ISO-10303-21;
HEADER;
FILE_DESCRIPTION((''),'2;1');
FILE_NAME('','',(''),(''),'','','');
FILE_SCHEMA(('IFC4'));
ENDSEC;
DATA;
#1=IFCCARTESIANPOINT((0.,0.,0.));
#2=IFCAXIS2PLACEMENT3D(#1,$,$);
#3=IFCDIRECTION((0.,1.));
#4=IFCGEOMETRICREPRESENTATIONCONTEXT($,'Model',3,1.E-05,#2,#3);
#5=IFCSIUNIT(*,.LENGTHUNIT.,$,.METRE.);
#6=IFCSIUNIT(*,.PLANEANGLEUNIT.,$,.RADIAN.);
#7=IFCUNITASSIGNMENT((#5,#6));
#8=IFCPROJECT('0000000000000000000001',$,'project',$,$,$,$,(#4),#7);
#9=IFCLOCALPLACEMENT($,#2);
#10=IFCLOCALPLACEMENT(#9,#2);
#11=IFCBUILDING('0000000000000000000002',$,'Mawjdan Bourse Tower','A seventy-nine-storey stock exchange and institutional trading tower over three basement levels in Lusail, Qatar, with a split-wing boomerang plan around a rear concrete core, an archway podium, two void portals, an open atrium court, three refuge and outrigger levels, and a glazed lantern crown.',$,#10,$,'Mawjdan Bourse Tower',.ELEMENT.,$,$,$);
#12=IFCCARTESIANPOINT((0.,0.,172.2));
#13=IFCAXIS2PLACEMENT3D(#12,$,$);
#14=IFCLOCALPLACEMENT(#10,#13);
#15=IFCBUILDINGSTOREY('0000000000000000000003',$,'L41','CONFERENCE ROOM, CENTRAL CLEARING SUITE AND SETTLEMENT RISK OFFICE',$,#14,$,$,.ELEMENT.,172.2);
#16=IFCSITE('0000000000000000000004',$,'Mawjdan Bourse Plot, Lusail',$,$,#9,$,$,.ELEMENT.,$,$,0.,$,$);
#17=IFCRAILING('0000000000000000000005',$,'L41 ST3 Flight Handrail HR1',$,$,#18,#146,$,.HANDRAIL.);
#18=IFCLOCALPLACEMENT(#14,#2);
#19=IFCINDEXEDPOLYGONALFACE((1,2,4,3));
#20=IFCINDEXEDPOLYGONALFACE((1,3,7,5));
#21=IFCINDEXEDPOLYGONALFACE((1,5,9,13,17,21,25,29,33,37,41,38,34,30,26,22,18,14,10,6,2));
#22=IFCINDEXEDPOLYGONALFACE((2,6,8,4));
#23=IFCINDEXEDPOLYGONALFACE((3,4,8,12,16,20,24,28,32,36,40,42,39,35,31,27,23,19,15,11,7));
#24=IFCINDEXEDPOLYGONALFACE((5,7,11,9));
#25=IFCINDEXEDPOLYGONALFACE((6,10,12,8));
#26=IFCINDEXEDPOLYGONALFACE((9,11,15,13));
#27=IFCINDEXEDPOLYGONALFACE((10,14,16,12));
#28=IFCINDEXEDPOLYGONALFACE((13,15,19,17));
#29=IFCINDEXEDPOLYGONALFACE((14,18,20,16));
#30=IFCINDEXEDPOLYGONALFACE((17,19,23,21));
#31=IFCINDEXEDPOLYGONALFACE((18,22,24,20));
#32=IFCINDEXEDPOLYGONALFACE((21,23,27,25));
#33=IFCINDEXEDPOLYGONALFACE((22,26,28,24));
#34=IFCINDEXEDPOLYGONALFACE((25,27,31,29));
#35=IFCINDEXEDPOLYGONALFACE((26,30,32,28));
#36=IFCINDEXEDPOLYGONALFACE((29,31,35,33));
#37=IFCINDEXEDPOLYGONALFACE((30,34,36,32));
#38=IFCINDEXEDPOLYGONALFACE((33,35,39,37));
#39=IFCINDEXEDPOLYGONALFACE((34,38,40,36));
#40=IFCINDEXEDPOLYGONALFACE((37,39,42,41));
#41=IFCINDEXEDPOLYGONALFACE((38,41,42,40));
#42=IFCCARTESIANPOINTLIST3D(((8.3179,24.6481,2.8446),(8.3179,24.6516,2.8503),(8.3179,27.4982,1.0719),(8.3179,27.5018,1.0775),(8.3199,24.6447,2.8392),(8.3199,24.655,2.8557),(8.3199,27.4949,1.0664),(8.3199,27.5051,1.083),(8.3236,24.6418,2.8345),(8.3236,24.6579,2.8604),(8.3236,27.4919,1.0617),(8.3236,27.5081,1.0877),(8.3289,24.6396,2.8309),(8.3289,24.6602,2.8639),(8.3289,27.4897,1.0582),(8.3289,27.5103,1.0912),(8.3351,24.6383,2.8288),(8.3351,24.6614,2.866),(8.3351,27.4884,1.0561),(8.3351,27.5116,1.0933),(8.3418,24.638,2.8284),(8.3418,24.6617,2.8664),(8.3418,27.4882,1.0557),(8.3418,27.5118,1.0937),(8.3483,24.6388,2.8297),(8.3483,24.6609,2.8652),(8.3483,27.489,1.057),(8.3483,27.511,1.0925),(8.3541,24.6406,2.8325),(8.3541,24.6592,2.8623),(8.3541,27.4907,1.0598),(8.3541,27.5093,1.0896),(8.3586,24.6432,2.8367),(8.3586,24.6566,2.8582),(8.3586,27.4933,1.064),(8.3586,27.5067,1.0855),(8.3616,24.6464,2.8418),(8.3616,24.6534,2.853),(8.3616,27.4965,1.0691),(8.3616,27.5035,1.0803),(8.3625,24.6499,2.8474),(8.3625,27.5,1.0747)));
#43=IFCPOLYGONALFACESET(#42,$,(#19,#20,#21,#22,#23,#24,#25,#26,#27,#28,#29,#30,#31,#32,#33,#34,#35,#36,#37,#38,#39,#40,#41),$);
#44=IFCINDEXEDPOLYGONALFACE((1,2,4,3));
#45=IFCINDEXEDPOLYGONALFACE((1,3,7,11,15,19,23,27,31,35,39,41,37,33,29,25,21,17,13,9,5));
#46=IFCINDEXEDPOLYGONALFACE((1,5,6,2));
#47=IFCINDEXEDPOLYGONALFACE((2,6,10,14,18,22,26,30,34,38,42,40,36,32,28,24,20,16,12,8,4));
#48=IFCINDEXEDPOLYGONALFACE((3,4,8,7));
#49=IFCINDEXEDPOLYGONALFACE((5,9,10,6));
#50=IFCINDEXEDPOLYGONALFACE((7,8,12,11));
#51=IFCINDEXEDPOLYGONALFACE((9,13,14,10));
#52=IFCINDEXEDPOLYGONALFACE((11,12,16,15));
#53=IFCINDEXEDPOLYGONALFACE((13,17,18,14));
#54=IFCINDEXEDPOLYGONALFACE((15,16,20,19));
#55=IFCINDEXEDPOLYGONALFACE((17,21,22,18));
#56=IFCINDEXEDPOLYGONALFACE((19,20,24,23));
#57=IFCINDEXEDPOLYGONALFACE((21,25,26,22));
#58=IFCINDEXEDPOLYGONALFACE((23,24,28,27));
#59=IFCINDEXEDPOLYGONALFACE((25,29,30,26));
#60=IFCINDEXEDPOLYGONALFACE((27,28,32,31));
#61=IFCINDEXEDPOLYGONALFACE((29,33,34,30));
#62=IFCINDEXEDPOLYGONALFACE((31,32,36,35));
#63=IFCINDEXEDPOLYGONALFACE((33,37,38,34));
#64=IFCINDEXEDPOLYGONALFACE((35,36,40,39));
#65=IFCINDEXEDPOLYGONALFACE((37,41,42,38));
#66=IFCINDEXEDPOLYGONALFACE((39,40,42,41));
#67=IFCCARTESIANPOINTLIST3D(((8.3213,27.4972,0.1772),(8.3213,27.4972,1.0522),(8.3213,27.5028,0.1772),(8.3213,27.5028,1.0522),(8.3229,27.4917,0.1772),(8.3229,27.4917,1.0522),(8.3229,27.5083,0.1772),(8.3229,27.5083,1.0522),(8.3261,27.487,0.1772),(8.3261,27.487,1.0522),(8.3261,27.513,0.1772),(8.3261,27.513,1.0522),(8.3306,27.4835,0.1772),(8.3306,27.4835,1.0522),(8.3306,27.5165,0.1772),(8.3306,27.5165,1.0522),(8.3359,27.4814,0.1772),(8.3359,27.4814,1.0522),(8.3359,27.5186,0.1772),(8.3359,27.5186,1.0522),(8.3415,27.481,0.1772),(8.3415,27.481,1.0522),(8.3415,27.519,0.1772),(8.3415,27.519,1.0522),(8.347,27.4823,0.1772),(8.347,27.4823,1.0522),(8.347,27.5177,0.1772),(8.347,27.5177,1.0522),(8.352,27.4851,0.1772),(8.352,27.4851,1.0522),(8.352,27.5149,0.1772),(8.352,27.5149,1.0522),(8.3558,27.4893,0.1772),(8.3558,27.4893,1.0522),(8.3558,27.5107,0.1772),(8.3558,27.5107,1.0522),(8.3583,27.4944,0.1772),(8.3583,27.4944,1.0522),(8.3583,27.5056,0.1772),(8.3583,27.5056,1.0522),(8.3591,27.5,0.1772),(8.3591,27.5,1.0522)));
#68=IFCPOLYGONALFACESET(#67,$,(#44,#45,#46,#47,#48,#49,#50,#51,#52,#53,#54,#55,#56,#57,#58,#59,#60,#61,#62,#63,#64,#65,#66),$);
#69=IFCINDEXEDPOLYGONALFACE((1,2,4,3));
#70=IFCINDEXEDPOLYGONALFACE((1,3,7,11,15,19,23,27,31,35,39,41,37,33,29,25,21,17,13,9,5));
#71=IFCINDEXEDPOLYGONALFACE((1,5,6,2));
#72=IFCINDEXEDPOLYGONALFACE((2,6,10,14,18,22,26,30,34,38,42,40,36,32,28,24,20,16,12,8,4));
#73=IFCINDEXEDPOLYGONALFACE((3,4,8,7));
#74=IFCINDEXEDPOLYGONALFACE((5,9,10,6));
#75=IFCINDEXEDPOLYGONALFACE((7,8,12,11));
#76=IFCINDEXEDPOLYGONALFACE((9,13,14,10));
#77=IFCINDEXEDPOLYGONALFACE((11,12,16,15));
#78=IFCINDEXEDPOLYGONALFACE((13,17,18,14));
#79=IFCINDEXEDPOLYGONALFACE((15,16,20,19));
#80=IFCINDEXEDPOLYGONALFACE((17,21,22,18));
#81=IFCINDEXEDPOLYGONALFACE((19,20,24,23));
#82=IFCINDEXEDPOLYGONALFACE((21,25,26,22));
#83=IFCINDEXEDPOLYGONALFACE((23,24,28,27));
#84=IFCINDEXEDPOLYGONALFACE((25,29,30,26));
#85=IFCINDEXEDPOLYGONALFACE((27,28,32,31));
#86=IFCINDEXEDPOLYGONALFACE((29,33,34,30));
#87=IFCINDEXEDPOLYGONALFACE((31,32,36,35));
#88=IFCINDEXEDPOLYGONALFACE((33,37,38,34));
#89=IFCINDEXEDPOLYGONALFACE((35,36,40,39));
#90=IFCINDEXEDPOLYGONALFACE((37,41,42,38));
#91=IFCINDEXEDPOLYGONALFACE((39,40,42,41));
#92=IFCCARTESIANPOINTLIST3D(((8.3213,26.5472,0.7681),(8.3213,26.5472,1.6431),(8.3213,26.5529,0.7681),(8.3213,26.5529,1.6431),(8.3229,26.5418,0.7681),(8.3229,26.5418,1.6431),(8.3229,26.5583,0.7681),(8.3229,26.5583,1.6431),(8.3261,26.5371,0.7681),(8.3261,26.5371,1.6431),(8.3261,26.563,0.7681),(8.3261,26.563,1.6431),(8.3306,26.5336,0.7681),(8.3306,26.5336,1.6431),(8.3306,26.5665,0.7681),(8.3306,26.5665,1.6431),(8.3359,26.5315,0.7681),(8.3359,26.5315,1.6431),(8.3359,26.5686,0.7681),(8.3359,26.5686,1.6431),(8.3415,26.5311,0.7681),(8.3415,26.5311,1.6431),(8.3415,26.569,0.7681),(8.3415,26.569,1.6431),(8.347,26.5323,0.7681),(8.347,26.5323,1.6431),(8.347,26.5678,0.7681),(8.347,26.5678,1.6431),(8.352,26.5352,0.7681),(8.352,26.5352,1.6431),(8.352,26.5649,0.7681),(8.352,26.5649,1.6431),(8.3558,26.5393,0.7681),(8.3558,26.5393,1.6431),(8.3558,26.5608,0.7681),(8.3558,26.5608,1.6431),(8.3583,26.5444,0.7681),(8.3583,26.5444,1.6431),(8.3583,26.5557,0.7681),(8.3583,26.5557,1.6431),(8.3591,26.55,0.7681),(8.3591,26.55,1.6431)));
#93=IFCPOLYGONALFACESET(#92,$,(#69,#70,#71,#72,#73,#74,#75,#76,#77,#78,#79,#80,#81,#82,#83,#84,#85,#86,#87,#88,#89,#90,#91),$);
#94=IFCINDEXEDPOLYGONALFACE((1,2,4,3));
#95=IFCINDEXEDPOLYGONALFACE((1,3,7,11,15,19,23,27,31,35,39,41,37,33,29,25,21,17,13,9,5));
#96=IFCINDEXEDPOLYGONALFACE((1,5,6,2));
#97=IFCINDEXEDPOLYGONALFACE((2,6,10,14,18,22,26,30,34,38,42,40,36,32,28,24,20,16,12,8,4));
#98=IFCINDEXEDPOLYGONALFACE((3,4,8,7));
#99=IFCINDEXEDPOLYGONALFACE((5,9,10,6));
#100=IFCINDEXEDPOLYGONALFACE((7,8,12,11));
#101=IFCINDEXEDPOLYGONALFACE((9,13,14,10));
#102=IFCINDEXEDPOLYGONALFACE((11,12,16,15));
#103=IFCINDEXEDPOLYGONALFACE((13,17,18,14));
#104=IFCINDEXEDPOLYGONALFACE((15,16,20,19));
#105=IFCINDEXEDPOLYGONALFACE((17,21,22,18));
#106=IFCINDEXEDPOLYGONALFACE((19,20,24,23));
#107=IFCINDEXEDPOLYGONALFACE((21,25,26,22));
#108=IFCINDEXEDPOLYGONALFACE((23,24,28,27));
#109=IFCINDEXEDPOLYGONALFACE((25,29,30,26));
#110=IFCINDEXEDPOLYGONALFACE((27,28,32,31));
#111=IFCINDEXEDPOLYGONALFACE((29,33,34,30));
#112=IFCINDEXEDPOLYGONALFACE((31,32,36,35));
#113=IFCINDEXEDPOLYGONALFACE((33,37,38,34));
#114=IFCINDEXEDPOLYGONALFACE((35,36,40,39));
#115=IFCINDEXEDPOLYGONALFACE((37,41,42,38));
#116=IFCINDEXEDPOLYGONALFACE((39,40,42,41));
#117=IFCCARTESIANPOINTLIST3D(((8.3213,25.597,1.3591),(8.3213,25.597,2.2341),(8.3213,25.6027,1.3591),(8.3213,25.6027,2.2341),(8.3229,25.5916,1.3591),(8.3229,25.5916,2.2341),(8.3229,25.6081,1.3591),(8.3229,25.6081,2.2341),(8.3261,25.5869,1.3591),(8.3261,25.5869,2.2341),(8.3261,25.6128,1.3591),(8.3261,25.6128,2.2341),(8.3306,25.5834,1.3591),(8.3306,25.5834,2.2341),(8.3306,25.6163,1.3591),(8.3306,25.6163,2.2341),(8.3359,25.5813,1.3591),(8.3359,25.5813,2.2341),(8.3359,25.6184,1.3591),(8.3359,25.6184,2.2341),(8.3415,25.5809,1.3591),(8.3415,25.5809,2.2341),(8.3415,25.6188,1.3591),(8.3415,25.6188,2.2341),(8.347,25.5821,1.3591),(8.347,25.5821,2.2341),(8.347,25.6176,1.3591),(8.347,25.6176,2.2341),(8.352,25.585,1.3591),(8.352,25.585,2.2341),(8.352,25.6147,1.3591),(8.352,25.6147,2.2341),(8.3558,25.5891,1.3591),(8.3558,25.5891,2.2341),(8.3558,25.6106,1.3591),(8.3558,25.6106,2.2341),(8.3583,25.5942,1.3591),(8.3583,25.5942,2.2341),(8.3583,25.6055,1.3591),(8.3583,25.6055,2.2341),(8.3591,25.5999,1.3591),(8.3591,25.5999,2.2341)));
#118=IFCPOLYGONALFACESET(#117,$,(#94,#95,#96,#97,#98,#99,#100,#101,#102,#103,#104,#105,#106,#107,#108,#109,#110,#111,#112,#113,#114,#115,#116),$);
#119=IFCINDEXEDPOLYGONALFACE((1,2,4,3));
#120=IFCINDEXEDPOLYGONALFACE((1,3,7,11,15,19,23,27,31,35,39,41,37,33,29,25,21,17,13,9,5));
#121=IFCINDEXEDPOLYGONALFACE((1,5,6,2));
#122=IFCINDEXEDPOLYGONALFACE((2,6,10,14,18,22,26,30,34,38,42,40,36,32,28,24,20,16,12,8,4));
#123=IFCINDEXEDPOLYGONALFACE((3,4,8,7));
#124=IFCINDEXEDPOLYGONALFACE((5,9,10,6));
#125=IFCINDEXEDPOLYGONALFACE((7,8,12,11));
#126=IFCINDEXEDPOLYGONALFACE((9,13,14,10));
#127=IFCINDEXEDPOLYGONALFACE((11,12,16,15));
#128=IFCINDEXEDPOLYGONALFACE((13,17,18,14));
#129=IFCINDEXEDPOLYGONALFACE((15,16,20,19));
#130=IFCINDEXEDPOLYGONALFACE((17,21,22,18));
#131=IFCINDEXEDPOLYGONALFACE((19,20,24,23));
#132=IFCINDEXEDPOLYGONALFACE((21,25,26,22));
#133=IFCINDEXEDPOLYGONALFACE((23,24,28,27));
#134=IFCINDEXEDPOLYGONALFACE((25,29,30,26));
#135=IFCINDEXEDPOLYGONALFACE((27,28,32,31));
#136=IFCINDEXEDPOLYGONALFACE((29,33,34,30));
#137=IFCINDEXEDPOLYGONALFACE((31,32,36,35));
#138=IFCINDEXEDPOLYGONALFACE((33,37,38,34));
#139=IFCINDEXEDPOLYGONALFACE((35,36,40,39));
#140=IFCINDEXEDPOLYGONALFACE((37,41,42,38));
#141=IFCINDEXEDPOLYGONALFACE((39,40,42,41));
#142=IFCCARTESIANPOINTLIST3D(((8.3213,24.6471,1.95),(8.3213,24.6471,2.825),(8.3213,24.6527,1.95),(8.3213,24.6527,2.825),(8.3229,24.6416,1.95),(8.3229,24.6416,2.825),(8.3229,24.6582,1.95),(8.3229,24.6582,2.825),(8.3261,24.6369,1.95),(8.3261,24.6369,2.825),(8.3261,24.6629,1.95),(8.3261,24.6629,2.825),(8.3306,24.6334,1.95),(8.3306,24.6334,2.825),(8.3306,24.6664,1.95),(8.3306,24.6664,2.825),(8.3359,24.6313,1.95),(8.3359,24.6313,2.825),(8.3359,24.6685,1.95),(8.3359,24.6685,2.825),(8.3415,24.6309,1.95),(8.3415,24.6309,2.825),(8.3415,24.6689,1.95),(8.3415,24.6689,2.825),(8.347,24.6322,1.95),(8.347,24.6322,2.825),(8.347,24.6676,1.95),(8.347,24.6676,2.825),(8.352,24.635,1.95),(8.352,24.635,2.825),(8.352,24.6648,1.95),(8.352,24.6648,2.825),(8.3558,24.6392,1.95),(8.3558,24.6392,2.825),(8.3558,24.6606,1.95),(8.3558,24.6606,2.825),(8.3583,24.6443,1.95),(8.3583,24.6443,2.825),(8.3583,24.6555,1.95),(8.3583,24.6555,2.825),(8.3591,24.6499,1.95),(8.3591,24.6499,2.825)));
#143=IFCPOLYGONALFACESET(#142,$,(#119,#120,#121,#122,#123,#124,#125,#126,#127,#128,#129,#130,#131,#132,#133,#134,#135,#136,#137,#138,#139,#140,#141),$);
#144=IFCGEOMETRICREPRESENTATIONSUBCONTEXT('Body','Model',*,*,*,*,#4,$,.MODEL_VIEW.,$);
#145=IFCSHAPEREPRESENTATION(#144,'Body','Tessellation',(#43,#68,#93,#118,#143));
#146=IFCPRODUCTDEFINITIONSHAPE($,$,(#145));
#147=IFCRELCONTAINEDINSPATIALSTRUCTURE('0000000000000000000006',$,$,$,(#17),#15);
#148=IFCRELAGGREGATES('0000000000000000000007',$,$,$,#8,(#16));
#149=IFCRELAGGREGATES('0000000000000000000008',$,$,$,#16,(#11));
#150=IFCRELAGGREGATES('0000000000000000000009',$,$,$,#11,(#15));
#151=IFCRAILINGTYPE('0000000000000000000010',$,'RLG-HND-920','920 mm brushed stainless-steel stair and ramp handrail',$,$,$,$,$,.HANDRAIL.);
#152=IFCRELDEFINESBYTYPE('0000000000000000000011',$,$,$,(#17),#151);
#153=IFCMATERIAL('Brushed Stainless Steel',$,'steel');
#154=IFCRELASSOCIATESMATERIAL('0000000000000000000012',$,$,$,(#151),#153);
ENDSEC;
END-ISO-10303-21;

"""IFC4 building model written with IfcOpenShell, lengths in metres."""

from ifc_helpers import new_model, si_unit, direction, frame, origin, origin_2d, place, context, subcontext, project, spatial, circle, extrude, material, type_object, element, save


model = new_model("IFC4")

# Units and contexts
model_context = context("Model", 3, precision=1e-05, world=origin(), true_north=direction((0.0, 1.0)))
body_context = subcontext(model_context, "Body", "Model", "MODEL_VIEW")
ifc_project = project(units=[si_unit("LENGTHUNIT", "METRE"), si_unit("PLANEANGLEUNIT", "RADIAN")], contexts=[model_context])

# Site, building, storey
site_placement = place(None, origin())
site = spatial("IfcSite", under=ifc_project, at=site_placement, Name="Mawjdan Bourse Plot, Lusail", CompositionType="ELEMENT", RefElevation=0.0)
building_placement = place(site_placement, origin())
building = spatial("IfcBuilding", under=site, at=building_placement, Name="Mawjdan Bourse Tower", Description="A seventy-nine-storey stock exchange and institutional trading tower over three basement levels in Lusail, Qatar, with a split-wing boomerang plan around a rear concrete core, an archway podium, two void portals, an open atrium court, three refuge and outrigger levels, and a glazed lantern crown.", LongName="Mawjdan Bourse Tower", CompositionType="ELEMENT")
storey_placement = place(building_placement, frame((0.0, 0.0, 172.2)))
storey = spatial("IfcBuildingStorey", under=building, at=storey_placement, Name="L41", Description="CONFERENCE ROOM, CENTRAL CLEARING SUITE AND SETTLEMENT RISK OFFICE", CompositionType="ELEMENT", Elevation=172.2)

# Railing
ifc_material_1 = material(Name="Brushed Stainless Steel", Category="steel")
railing_type_1 = type_object("IfcRailingType", Name="RLG-HND-920", Description="920 mm brushed stainless-steel stair and ramp handrail", PredefinedType="HANDRAIL", material=ifc_material_1)
railing_1_placement = place(storey_placement, frame((8.3401, 27.5, 0.1772)))
element("IfcRailing", 1, at=railing_1_placement, inside=storey, type_object=railing_type_1, Name="L41 ST3 Flight Handrail HR1", PredefinedType="HANDRAIL", context=body_context, shape_type="SweptSolid", body=[
    extrude(circle(Radius=0.0225, at=origin_2d()), frame((0.0, 0.0, 0.8975), z_axis=(0.0, -0.849149, 0.528154), x_axis=(1.0, 0.0, 0.0)), (0.0, 0.0, 1.0), 3.3564),
    extrude(circle(Radius=0.019, at=origin_2d()), origin(), (0.0, 0.0, 1.0), 0.875),
    extrude(circle(Radius=0.019, at=origin_2d()), frame((0.0, -0.95, 0.5908)), (0.0, 0.0, 1.0), 0.875),
    extrude(circle(Radius=0.019, at=origin_2d()), frame((0.0, -1.9001, 1.1819)), (0.0, 0.0, 1.0), 0.875),
    extrude(circle(Radius=0.019, at=origin_2d()), frame((0.0, -2.8501, 1.7727)), (0.0, 0.0, 1.0), 0.875),
])

save(model, "model.ifc")
